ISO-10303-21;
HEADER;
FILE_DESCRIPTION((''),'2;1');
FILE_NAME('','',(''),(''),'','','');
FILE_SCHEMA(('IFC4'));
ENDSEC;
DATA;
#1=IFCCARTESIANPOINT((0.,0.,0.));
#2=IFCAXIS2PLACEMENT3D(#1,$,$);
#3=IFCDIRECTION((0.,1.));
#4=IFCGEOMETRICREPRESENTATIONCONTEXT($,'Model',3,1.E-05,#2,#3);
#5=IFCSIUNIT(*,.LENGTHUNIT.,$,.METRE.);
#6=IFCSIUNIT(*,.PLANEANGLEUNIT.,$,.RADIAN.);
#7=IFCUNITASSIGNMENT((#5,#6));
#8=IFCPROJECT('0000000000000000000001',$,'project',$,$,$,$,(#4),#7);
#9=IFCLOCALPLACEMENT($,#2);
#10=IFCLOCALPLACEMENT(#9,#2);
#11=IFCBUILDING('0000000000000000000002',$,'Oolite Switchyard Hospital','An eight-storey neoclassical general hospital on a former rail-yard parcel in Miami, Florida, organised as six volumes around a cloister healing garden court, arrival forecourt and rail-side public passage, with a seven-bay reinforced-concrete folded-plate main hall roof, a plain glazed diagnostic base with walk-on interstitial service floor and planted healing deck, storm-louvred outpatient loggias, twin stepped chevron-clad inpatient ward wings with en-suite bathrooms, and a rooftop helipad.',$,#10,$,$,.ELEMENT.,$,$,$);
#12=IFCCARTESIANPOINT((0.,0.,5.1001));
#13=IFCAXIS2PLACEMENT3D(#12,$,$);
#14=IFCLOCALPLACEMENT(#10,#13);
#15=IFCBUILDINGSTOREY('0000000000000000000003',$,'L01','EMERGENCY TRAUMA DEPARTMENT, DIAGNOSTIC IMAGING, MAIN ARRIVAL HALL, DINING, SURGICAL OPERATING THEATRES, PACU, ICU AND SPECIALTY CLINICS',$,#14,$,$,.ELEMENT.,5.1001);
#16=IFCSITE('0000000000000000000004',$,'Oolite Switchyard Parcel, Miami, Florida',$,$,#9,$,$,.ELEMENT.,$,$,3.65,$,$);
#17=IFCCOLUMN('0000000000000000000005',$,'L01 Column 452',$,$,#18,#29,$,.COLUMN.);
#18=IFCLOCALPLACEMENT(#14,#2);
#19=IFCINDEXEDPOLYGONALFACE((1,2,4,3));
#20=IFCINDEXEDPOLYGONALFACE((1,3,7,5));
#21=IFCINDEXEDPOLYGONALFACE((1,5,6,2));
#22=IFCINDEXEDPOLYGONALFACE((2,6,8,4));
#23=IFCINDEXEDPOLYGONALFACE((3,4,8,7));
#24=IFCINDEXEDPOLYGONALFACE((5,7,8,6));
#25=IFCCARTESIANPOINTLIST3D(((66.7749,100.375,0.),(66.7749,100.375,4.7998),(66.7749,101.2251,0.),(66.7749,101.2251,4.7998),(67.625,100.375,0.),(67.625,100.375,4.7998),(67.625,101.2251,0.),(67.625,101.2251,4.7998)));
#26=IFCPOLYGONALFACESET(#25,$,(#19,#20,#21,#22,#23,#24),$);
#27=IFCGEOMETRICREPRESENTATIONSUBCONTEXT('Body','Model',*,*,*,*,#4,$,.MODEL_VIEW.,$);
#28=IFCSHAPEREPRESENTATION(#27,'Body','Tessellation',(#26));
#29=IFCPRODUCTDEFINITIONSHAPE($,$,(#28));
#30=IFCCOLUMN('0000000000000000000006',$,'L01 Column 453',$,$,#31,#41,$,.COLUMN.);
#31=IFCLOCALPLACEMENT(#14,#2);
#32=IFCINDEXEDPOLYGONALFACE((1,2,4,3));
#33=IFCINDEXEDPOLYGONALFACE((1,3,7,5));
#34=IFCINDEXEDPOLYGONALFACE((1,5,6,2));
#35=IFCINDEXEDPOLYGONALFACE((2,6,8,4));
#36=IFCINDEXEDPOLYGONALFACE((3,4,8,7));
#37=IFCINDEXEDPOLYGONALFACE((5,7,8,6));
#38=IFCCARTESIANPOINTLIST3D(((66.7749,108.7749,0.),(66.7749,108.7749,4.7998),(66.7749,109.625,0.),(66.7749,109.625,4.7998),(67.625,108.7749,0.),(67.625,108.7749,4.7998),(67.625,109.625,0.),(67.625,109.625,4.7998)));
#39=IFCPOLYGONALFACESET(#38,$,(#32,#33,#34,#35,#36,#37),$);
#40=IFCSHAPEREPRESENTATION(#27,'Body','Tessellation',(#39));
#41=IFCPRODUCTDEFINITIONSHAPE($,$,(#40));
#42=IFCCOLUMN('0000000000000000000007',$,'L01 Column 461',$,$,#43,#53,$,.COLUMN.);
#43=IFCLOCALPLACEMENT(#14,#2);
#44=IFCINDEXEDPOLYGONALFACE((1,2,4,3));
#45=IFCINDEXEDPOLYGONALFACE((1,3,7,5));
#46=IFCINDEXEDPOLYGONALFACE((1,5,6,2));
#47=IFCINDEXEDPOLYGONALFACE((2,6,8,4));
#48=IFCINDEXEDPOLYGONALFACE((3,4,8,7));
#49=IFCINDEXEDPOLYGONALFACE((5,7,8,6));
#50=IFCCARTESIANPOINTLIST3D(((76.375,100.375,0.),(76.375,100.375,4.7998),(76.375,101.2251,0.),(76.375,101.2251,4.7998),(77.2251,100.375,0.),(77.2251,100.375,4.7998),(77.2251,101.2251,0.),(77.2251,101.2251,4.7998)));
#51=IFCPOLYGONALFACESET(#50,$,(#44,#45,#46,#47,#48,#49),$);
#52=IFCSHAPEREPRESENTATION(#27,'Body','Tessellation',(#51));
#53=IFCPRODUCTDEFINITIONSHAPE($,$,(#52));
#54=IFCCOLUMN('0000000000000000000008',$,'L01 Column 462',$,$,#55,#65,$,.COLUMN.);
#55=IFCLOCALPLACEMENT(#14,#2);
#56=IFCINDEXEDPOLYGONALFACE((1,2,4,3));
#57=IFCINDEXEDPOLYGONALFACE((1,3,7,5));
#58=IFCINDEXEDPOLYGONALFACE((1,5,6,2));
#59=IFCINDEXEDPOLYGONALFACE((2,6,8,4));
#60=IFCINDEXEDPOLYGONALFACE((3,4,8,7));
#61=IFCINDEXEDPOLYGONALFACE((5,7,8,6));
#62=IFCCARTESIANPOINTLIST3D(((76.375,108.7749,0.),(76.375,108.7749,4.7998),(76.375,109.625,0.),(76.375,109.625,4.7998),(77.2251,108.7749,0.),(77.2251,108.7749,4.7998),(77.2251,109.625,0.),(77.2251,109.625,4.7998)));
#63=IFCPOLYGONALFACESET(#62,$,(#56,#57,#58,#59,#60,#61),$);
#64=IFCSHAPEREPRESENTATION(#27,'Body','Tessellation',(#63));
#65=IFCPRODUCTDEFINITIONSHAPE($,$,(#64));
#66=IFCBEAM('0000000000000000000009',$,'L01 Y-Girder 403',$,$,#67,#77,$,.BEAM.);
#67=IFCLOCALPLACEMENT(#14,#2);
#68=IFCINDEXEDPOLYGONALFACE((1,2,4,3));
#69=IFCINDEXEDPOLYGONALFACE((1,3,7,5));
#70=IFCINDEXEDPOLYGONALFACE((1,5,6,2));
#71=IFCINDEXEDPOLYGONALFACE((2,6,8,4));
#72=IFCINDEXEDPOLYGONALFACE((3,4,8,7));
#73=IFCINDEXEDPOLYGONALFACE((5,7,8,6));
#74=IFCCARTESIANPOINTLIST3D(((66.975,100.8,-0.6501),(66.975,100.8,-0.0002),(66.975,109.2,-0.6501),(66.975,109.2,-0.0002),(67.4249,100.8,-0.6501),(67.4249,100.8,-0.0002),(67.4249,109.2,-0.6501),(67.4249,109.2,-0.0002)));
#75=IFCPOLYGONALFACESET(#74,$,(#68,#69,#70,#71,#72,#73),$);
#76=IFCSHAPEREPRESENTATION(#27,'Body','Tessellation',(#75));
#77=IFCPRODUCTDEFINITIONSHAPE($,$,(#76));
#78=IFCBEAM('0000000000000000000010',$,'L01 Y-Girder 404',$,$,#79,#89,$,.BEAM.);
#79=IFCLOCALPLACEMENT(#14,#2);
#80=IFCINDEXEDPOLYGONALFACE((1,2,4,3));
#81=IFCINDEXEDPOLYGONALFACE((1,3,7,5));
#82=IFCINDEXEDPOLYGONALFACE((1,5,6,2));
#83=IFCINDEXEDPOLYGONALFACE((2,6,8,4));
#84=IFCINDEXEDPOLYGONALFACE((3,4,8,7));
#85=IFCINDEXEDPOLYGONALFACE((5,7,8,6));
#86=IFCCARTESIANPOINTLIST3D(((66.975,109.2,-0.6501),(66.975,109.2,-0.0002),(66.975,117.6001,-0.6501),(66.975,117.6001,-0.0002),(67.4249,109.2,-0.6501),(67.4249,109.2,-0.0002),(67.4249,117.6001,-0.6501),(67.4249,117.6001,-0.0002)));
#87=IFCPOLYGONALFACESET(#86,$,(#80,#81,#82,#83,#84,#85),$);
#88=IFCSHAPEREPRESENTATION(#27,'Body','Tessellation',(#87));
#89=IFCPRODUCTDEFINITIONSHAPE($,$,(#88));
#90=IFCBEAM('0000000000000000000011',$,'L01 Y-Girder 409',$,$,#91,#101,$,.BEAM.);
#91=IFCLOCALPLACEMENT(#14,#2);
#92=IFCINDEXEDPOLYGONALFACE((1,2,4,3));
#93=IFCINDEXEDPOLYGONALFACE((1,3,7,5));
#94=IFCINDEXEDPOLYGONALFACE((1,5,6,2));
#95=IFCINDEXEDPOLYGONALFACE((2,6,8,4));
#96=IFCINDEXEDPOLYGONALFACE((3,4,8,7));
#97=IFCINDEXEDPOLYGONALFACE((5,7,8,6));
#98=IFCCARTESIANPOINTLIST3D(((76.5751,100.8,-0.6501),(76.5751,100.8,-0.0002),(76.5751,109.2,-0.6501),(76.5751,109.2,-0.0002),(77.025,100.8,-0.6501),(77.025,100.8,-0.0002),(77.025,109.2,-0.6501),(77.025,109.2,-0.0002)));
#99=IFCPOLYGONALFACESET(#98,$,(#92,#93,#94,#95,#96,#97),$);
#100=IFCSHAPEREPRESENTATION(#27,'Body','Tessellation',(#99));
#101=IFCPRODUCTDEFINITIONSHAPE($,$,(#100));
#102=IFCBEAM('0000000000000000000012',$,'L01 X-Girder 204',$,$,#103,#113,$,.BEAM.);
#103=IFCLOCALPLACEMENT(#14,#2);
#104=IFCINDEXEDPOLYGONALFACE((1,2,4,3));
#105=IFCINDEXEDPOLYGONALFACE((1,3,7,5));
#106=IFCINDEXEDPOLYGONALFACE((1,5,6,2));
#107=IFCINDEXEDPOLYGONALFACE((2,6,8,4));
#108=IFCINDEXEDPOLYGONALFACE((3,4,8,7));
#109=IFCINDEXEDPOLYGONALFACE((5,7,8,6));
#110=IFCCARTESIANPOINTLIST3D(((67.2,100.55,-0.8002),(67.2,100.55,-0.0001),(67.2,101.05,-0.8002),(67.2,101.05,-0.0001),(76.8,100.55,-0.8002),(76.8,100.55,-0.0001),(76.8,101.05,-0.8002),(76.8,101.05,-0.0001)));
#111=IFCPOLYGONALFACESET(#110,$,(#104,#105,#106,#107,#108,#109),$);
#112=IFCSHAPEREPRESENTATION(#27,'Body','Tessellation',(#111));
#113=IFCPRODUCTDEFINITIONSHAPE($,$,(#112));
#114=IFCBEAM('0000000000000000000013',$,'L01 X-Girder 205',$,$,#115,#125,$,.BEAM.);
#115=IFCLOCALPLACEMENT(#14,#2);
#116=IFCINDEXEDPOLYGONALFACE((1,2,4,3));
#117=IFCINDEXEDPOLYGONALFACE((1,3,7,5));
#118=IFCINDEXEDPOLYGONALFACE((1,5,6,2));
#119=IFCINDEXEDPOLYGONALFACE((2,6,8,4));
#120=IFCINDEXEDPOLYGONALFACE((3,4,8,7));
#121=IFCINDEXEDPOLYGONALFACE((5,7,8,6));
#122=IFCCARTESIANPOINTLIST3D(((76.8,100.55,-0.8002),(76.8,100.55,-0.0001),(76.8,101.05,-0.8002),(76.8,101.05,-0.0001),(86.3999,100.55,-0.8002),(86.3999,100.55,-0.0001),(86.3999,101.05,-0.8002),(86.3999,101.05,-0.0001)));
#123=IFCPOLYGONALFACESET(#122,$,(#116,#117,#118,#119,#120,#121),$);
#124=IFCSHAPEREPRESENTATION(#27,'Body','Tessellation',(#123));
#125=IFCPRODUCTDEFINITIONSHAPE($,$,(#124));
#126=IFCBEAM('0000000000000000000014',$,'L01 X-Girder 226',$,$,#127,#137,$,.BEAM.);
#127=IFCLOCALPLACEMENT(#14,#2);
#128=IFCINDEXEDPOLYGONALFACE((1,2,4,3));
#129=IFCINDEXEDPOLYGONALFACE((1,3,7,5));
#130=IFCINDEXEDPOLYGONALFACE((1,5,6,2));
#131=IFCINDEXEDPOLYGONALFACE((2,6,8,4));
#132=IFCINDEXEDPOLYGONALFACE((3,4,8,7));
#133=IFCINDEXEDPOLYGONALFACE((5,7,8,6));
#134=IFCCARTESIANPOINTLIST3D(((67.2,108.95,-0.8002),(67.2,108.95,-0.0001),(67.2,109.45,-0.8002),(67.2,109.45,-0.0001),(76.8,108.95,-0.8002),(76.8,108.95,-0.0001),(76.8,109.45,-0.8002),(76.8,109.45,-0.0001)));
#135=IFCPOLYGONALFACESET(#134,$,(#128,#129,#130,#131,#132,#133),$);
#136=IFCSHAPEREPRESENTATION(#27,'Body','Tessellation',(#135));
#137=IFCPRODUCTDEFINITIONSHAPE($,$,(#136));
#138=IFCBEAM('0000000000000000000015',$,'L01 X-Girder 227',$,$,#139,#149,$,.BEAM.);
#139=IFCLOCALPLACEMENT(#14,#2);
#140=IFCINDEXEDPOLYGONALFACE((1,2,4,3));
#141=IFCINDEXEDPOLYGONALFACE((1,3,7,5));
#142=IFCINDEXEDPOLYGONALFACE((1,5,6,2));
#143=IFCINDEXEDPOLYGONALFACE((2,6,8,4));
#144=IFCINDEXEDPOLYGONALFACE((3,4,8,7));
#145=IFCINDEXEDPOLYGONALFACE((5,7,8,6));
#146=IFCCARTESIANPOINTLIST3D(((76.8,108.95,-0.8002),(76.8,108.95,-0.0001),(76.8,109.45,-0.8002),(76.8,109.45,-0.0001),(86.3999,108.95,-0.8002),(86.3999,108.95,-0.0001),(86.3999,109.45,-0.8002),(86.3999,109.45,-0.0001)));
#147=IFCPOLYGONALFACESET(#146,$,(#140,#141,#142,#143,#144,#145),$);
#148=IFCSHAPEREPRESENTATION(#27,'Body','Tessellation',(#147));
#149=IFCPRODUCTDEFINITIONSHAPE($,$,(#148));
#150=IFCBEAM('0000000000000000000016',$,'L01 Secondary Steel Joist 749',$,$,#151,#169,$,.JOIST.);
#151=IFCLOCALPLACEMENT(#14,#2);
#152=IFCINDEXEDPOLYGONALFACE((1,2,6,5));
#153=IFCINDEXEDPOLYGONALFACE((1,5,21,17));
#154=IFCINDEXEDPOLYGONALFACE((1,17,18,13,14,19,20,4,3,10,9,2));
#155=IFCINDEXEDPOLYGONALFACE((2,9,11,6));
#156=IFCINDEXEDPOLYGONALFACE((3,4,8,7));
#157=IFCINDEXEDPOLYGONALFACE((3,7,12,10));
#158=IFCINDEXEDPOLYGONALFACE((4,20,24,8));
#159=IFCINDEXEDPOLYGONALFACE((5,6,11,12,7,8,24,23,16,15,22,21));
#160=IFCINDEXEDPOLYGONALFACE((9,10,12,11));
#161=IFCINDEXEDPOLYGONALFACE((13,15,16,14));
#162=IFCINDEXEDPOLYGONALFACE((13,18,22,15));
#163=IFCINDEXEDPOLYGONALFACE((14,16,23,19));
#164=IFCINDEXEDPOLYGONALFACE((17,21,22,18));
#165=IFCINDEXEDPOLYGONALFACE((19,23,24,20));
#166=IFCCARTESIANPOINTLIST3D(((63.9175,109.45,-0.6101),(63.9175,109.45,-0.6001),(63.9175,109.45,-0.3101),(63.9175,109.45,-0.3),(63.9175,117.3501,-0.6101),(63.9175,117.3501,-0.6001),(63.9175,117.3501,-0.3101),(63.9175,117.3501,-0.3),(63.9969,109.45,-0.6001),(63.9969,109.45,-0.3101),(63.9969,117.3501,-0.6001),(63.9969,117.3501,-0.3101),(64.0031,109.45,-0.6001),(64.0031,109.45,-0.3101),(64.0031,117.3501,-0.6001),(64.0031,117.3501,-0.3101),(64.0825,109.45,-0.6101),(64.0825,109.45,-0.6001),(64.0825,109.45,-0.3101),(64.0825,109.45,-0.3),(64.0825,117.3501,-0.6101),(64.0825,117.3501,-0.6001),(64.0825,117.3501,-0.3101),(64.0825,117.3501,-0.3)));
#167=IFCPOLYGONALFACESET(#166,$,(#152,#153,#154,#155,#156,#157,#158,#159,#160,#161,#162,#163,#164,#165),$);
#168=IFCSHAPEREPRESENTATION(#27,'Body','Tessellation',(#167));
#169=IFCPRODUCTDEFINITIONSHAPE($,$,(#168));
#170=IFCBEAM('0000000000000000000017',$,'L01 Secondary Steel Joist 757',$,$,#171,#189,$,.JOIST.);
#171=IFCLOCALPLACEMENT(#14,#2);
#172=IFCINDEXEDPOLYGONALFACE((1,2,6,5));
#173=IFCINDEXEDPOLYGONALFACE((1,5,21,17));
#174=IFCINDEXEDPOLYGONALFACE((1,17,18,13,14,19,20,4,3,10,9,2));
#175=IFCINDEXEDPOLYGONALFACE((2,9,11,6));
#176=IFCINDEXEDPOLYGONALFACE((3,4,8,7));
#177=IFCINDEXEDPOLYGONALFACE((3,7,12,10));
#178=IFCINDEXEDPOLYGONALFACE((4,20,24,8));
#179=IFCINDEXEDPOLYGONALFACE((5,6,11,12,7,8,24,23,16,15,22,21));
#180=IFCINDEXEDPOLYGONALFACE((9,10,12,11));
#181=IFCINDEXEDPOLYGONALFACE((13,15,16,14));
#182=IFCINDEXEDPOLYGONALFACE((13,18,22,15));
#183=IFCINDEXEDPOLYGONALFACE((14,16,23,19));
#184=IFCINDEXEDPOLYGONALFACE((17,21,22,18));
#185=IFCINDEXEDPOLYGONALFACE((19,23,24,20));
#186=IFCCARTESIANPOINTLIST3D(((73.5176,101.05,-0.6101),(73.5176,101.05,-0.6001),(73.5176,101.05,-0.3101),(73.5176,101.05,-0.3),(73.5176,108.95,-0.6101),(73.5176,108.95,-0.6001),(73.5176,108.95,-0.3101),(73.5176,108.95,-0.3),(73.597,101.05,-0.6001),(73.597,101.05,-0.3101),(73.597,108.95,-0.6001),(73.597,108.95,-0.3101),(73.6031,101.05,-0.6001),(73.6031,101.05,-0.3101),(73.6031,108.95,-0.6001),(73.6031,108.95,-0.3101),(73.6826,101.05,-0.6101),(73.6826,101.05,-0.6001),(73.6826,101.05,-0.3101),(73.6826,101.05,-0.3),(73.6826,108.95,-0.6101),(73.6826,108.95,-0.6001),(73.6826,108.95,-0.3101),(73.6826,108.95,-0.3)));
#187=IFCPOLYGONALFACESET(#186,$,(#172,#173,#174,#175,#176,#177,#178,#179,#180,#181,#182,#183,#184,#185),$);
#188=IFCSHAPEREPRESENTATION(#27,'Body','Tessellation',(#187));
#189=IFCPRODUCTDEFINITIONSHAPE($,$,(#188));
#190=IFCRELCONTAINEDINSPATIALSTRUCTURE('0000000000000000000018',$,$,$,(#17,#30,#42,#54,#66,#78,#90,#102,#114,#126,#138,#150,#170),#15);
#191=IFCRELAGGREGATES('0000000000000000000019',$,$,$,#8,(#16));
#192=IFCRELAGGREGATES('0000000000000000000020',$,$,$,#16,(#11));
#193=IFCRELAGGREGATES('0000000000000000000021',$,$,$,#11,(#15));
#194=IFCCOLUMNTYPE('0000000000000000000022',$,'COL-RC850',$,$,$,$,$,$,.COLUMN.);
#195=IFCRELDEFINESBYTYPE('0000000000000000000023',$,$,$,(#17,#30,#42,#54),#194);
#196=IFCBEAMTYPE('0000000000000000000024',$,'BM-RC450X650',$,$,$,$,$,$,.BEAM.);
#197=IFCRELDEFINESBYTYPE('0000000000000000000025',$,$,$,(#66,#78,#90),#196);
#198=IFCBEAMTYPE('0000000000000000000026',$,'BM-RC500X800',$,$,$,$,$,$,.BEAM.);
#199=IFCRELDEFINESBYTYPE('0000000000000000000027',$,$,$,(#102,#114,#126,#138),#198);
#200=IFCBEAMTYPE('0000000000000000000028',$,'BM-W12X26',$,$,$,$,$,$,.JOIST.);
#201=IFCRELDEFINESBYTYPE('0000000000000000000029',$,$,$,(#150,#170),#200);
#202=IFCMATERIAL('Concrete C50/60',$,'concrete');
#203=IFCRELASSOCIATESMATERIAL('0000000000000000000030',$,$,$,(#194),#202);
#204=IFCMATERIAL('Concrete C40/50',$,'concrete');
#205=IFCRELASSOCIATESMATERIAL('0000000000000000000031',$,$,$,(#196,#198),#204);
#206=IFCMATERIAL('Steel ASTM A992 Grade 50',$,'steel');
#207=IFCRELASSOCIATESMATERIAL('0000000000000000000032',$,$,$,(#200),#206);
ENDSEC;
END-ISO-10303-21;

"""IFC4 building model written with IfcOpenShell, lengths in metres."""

from ifc_helpers import new_model, si_unit, direction, frame, origin, origin_2d, place, context, subcontext, project, spatial, rectangle, i_section, extrude, material, material_profile, profile_set, type_object, element, save


model = new_model("IFC4")

# Units and contexts
model_context = context("Model", 3, precision=1e-05, world=origin(), true_north=direction((0.0, 1.0)))
body_context = subcontext(model_context, "Body", "Model", "MODEL_VIEW")
ifc_project = project(units=[si_unit("LENGTHUNIT", "METRE"), si_unit("PLANEANGLEUNIT", "RADIAN")], contexts=[model_context])

# Site, building, storey
site_placement = place(None, origin())
site = spatial("IfcSite", under=ifc_project, at=site_placement, Name="Oolite Switchyard Parcel, Miami, Florida", CompositionType="ELEMENT", RefElevation=3.65)
building_placement = place(site_placement, origin())
building = spatial("IfcBuilding", under=site, at=building_placement, Name="Oolite Switchyard Hospital", Description="An eight-storey neoclassical general hospital on a former rail-yard parcel in Miami, Florida, organised as six volumes around a cloister healing garden court, arrival forecourt and rail-side public passage, with a seven-bay reinforced-concrete folded-plate main hall roof, a plain glazed diagnostic base with walk-on interstitial service floor and planted healing deck, storm-louvred outpatient loggias, twin stepped chevron-clad inpatient ward wings with en-suite bathrooms, and a rooftop helipad.", CompositionType="ELEMENT")
storey_placement = place(building_placement, frame((0.0, 0.0, 5.1001)))
storey = spatial("IfcBuildingStorey", under=building, at=storey_placement, Name="L01", Description="EMERGENCY TRAUMA DEPARTMENT, DIAGNOSTIC IMAGING, MAIN ARRIVAL HALL, DINING, SURGICAL OPERATING THEATRES, PACU, ICU AND SPECIALTY CLINICS", CompositionType="ELEMENT", Elevation=5.1001)

# Columns
ifc_material_1 = material(Name="Concrete C50/60", Category="concrete")
ifc_material_profile_1 = material_profile(ifc_material_1, rectangle(XDim=0.8501, YDim=0.8501, at=origin_2d()), Name="RC850X850")
ifc_profile_set_1 = profile_set([ifc_material_profile_1], Name="Concrete C50/60")
column_type = type_object("IfcColumnType", Name="COL-RC850", PredefinedType="COLUMN", material=ifc_profile_set_1)
for number, where, z_axis, x_axis, name in (
    (1, (67.2, 100.8, 0.0), (0.0, 0.0, 1.0), (1.0, 0.0, 0.0), "L01 Column 452"),
    (2, (67.2, 109.2, 0.0), (0.0, 0.0, 1.0), (1.0, 0.0, 0.0), "L01 Column 453"),
    (3, (76.8, 100.8, 0.0), (0.0, 0.0, 1.0), (1.0, 0.0, 0.0), "L01 Column 461"),
    (4, (76.8, 109.2, 0.0), (0.0, 0.0, 1.0), (1.0, 0.0, 0.0), "L01 Column 462"),
):
    element("IfcColumn", number, at=place(storey_placement, frame(where, z_axis=z_axis, x_axis=x_axis)), inside=storey, type_object=column_type, Name=name, PredefinedType="COLUMN", context=body_context, shape_type="SweptSolid", body=[
        extrude(rectangle(XDim=0.8501, YDim=0.8501, at=origin_2d()), origin(), (0.0, 0.0, 1.0), 4.7998),
    ])

# Beams
ifc_material_2 = material(Name="Concrete C40/50", Category="concrete")
ifc_material_profile_2 = material_profile(ifc_material_2, rectangle(XDim=0.45, YDim=0.6499, at=origin_2d()), Name="RCB450X650")
ifc_profile_set_2 = profile_set([ifc_material_profile_2], Name="Concrete C40/50")
beam_type_1 = type_object("IfcBeamType", Name="BM-RC450X650", PredefinedType="BEAM", material=ifc_profile_set_2)
beam_1_placement = place(storey_placement, frame((67.2, 100.8, -0.3252), z_axis=(0.0, 1.0, 0.0), x_axis=(-1.0, 0.0, 0.0)))
element("IfcBeam", 5, at=beam_1_placement, inside=storey, type_object=beam_type_1, Name="L01 Y-Girder 403", PredefinedType="BEAM", context=body_context, shape_type="SweptSolid", body=[
    extrude(rectangle(XDim=0.45, YDim=0.6499, at=origin_2d()), origin(), (0.0, 0.0, 1.0), 8.3999),
])
beam_2_placement = place(storey_placement, frame((67.2, 109.2, -0.3252), z_axis=(0.0, 1.0, 0.0), x_axis=(-1.0, 0.0, 0.0)))
element("IfcBeam", 6, at=beam_2_placement, inside=storey, type_object=beam_type_1, Name="L01 Y-Girder 404", PredefinedType="BEAM", context=body_context, shape_type="SweptSolid", body=[
    extrude(rectangle(XDim=0.45, YDim=0.6499, at=origin_2d()), origin(), (0.0, 0.0, 1.0), 8.4001),
])
beam_3_placement = place(storey_placement, frame((76.8, 100.8, -0.3252), z_axis=(0.0, 1.0, 0.0), x_axis=(-1.0, 0.0, 0.0)))
element("IfcBeam", 7, at=beam_3_placement, inside=storey, type_object=beam_type_1, Name="L01 Y-Girder 409", PredefinedType="BEAM", context=body_context, shape_type="SweptSolid", body=[
    extrude(rectangle(XDim=0.45, YDim=0.6499, at=origin_2d()), origin(), (0.0, 0.0, 1.0), 8.3999),
])
ifc_material_profile_3 = material_profile(ifc_material_2, rectangle(XDim=0.5, YDim=0.8, at=origin_2d()), Name="RCB500X800")
ifc_profile_set_3 = profile_set([ifc_material_profile_3], Name="Concrete C40/50")
beam_type_2 = type_object("IfcBeamType", Name="BM-RC500X800", PredefinedType="BEAM", material=ifc_profile_set_3)
beam_4_placement = place(storey_placement, frame((67.2, 100.8, -0.4001), z_axis=(1.0, 0.0, 0.0), x_axis=(0.0, 1.0, 0.0)))
element("IfcBeam", 8, at=beam_4_placement, inside=storey, type_object=beam_type_2, Name="L01 X-Girder 204", PredefinedType="BEAM", context=body_context, shape_type="SweptSolid", body=[
    extrude(rectangle(XDim=0.5, YDim=0.8, at=origin_2d()), origin(), (0.0, 0.0, 1.0), 9.6001),
])
beam_5_placement = place(storey_placement, frame((76.8, 100.8, -0.4001), z_axis=(1.0, 0.0, 0.0), x_axis=(0.0, 1.0, 0.0)))
element("IfcBeam", 9, at=beam_5_placement, inside=storey, type_object=beam_type_2, Name="L01 X-Girder 205", PredefinedType="BEAM", context=body_context, shape_type="SweptSolid", body=[
    extrude(rectangle(XDim=0.5, YDim=0.8, at=origin_2d()), origin(), (0.0, 0.0, 1.0), 9.5999),
])
beam_6_placement = place(storey_placement, frame((67.2, 109.2, -0.4001), z_axis=(1.0, 0.0, 0.0), x_axis=(0.0, 1.0, 0.0)))
element("IfcBeam", 10, at=beam_6_placement, inside=storey, type_object=beam_type_2, Name="L01 X-Girder 226", PredefinedType="BEAM", context=body_context, shape_type="SweptSolid", body=[
    extrude(rectangle(XDim=0.5, YDim=0.8, at=origin_2d()), origin(), (0.0, 0.0, 1.0), 9.6001),
])
beam_7_placement = place(storey_placement, frame((76.8, 109.2, -0.4001), z_axis=(1.0, 0.0, 0.0), x_axis=(0.0, 1.0, 0.0)))
element("IfcBeam", 11, at=beam_7_placement, inside=storey, type_object=beam_type_2, Name="L01 X-Girder 227", PredefinedType="BEAM", context=body_context, shape_type="SweptSolid", body=[
    extrude(rectangle(XDim=0.5, YDim=0.8, at=origin_2d()), origin(), (0.0, 0.0, 1.0), 9.5999),
])
ifc_material_3 = material(Name="Steel ASTM A992 Grade 50", Category="steel")
ifc_material_profile_4 = material_profile(ifc_material_3, i_section(OverallWidth=0.165, OverallDepth=0.3101, WebThickness=0.0061, FlangeThickness=0.01, at=origin_2d()), Name="W12X26")
ifc_profile_set_4 = profile_set([ifc_material_profile_4], Name="Steel ASTM A992 Grade 50")
beam_type_3 = type_object("IfcBeamType", Name="BM-W12X26", PredefinedType="JOIST", material=ifc_profile_set_4)
beam_8_placement = place(storey_placement, frame((64.0, 109.45, -0.4551), z_axis=(0.0, 1.0, 0.0), x_axis=(-1.0, 0.0, 0.0)))
element("IfcBeam", 12, at=beam_8_placement, inside=storey, type_object=beam_type_3, Name="L01 Secondary Steel Joist 749", PredefinedType="JOIST", context=body_context, shape_type="SweptSolid", body=[
    extrude(i_section(OverallWidth=0.165, OverallDepth=0.3101, WebThickness=0.0061, FlangeThickness=0.01, at=origin_2d()), origin(), (0.0, 0.0, 1.0), 7.9001),
])
beam_9_placement = place(storey_placement, frame((73.6001, 101.05, -0.4551), z_axis=(0.0, 1.0, 0.0), x_axis=(-1.0, 0.0, 0.0)))
element("IfcBeam", 13, at=beam_9_placement, inside=storey, type_object=beam_type_3, Name="L01 Secondary Steel Joist 757", PredefinedType="JOIST", context=body_context, shape_type="SweptSolid", body=[
    extrude(i_section(OverallWidth=0.165, OverallDepth=0.3101, WebThickness=0.0061, FlangeThickness=0.01, at=origin_2d()), origin(), (0.0, 0.0, 1.0), 7.8999),
])

save(model, "model.ifc")
